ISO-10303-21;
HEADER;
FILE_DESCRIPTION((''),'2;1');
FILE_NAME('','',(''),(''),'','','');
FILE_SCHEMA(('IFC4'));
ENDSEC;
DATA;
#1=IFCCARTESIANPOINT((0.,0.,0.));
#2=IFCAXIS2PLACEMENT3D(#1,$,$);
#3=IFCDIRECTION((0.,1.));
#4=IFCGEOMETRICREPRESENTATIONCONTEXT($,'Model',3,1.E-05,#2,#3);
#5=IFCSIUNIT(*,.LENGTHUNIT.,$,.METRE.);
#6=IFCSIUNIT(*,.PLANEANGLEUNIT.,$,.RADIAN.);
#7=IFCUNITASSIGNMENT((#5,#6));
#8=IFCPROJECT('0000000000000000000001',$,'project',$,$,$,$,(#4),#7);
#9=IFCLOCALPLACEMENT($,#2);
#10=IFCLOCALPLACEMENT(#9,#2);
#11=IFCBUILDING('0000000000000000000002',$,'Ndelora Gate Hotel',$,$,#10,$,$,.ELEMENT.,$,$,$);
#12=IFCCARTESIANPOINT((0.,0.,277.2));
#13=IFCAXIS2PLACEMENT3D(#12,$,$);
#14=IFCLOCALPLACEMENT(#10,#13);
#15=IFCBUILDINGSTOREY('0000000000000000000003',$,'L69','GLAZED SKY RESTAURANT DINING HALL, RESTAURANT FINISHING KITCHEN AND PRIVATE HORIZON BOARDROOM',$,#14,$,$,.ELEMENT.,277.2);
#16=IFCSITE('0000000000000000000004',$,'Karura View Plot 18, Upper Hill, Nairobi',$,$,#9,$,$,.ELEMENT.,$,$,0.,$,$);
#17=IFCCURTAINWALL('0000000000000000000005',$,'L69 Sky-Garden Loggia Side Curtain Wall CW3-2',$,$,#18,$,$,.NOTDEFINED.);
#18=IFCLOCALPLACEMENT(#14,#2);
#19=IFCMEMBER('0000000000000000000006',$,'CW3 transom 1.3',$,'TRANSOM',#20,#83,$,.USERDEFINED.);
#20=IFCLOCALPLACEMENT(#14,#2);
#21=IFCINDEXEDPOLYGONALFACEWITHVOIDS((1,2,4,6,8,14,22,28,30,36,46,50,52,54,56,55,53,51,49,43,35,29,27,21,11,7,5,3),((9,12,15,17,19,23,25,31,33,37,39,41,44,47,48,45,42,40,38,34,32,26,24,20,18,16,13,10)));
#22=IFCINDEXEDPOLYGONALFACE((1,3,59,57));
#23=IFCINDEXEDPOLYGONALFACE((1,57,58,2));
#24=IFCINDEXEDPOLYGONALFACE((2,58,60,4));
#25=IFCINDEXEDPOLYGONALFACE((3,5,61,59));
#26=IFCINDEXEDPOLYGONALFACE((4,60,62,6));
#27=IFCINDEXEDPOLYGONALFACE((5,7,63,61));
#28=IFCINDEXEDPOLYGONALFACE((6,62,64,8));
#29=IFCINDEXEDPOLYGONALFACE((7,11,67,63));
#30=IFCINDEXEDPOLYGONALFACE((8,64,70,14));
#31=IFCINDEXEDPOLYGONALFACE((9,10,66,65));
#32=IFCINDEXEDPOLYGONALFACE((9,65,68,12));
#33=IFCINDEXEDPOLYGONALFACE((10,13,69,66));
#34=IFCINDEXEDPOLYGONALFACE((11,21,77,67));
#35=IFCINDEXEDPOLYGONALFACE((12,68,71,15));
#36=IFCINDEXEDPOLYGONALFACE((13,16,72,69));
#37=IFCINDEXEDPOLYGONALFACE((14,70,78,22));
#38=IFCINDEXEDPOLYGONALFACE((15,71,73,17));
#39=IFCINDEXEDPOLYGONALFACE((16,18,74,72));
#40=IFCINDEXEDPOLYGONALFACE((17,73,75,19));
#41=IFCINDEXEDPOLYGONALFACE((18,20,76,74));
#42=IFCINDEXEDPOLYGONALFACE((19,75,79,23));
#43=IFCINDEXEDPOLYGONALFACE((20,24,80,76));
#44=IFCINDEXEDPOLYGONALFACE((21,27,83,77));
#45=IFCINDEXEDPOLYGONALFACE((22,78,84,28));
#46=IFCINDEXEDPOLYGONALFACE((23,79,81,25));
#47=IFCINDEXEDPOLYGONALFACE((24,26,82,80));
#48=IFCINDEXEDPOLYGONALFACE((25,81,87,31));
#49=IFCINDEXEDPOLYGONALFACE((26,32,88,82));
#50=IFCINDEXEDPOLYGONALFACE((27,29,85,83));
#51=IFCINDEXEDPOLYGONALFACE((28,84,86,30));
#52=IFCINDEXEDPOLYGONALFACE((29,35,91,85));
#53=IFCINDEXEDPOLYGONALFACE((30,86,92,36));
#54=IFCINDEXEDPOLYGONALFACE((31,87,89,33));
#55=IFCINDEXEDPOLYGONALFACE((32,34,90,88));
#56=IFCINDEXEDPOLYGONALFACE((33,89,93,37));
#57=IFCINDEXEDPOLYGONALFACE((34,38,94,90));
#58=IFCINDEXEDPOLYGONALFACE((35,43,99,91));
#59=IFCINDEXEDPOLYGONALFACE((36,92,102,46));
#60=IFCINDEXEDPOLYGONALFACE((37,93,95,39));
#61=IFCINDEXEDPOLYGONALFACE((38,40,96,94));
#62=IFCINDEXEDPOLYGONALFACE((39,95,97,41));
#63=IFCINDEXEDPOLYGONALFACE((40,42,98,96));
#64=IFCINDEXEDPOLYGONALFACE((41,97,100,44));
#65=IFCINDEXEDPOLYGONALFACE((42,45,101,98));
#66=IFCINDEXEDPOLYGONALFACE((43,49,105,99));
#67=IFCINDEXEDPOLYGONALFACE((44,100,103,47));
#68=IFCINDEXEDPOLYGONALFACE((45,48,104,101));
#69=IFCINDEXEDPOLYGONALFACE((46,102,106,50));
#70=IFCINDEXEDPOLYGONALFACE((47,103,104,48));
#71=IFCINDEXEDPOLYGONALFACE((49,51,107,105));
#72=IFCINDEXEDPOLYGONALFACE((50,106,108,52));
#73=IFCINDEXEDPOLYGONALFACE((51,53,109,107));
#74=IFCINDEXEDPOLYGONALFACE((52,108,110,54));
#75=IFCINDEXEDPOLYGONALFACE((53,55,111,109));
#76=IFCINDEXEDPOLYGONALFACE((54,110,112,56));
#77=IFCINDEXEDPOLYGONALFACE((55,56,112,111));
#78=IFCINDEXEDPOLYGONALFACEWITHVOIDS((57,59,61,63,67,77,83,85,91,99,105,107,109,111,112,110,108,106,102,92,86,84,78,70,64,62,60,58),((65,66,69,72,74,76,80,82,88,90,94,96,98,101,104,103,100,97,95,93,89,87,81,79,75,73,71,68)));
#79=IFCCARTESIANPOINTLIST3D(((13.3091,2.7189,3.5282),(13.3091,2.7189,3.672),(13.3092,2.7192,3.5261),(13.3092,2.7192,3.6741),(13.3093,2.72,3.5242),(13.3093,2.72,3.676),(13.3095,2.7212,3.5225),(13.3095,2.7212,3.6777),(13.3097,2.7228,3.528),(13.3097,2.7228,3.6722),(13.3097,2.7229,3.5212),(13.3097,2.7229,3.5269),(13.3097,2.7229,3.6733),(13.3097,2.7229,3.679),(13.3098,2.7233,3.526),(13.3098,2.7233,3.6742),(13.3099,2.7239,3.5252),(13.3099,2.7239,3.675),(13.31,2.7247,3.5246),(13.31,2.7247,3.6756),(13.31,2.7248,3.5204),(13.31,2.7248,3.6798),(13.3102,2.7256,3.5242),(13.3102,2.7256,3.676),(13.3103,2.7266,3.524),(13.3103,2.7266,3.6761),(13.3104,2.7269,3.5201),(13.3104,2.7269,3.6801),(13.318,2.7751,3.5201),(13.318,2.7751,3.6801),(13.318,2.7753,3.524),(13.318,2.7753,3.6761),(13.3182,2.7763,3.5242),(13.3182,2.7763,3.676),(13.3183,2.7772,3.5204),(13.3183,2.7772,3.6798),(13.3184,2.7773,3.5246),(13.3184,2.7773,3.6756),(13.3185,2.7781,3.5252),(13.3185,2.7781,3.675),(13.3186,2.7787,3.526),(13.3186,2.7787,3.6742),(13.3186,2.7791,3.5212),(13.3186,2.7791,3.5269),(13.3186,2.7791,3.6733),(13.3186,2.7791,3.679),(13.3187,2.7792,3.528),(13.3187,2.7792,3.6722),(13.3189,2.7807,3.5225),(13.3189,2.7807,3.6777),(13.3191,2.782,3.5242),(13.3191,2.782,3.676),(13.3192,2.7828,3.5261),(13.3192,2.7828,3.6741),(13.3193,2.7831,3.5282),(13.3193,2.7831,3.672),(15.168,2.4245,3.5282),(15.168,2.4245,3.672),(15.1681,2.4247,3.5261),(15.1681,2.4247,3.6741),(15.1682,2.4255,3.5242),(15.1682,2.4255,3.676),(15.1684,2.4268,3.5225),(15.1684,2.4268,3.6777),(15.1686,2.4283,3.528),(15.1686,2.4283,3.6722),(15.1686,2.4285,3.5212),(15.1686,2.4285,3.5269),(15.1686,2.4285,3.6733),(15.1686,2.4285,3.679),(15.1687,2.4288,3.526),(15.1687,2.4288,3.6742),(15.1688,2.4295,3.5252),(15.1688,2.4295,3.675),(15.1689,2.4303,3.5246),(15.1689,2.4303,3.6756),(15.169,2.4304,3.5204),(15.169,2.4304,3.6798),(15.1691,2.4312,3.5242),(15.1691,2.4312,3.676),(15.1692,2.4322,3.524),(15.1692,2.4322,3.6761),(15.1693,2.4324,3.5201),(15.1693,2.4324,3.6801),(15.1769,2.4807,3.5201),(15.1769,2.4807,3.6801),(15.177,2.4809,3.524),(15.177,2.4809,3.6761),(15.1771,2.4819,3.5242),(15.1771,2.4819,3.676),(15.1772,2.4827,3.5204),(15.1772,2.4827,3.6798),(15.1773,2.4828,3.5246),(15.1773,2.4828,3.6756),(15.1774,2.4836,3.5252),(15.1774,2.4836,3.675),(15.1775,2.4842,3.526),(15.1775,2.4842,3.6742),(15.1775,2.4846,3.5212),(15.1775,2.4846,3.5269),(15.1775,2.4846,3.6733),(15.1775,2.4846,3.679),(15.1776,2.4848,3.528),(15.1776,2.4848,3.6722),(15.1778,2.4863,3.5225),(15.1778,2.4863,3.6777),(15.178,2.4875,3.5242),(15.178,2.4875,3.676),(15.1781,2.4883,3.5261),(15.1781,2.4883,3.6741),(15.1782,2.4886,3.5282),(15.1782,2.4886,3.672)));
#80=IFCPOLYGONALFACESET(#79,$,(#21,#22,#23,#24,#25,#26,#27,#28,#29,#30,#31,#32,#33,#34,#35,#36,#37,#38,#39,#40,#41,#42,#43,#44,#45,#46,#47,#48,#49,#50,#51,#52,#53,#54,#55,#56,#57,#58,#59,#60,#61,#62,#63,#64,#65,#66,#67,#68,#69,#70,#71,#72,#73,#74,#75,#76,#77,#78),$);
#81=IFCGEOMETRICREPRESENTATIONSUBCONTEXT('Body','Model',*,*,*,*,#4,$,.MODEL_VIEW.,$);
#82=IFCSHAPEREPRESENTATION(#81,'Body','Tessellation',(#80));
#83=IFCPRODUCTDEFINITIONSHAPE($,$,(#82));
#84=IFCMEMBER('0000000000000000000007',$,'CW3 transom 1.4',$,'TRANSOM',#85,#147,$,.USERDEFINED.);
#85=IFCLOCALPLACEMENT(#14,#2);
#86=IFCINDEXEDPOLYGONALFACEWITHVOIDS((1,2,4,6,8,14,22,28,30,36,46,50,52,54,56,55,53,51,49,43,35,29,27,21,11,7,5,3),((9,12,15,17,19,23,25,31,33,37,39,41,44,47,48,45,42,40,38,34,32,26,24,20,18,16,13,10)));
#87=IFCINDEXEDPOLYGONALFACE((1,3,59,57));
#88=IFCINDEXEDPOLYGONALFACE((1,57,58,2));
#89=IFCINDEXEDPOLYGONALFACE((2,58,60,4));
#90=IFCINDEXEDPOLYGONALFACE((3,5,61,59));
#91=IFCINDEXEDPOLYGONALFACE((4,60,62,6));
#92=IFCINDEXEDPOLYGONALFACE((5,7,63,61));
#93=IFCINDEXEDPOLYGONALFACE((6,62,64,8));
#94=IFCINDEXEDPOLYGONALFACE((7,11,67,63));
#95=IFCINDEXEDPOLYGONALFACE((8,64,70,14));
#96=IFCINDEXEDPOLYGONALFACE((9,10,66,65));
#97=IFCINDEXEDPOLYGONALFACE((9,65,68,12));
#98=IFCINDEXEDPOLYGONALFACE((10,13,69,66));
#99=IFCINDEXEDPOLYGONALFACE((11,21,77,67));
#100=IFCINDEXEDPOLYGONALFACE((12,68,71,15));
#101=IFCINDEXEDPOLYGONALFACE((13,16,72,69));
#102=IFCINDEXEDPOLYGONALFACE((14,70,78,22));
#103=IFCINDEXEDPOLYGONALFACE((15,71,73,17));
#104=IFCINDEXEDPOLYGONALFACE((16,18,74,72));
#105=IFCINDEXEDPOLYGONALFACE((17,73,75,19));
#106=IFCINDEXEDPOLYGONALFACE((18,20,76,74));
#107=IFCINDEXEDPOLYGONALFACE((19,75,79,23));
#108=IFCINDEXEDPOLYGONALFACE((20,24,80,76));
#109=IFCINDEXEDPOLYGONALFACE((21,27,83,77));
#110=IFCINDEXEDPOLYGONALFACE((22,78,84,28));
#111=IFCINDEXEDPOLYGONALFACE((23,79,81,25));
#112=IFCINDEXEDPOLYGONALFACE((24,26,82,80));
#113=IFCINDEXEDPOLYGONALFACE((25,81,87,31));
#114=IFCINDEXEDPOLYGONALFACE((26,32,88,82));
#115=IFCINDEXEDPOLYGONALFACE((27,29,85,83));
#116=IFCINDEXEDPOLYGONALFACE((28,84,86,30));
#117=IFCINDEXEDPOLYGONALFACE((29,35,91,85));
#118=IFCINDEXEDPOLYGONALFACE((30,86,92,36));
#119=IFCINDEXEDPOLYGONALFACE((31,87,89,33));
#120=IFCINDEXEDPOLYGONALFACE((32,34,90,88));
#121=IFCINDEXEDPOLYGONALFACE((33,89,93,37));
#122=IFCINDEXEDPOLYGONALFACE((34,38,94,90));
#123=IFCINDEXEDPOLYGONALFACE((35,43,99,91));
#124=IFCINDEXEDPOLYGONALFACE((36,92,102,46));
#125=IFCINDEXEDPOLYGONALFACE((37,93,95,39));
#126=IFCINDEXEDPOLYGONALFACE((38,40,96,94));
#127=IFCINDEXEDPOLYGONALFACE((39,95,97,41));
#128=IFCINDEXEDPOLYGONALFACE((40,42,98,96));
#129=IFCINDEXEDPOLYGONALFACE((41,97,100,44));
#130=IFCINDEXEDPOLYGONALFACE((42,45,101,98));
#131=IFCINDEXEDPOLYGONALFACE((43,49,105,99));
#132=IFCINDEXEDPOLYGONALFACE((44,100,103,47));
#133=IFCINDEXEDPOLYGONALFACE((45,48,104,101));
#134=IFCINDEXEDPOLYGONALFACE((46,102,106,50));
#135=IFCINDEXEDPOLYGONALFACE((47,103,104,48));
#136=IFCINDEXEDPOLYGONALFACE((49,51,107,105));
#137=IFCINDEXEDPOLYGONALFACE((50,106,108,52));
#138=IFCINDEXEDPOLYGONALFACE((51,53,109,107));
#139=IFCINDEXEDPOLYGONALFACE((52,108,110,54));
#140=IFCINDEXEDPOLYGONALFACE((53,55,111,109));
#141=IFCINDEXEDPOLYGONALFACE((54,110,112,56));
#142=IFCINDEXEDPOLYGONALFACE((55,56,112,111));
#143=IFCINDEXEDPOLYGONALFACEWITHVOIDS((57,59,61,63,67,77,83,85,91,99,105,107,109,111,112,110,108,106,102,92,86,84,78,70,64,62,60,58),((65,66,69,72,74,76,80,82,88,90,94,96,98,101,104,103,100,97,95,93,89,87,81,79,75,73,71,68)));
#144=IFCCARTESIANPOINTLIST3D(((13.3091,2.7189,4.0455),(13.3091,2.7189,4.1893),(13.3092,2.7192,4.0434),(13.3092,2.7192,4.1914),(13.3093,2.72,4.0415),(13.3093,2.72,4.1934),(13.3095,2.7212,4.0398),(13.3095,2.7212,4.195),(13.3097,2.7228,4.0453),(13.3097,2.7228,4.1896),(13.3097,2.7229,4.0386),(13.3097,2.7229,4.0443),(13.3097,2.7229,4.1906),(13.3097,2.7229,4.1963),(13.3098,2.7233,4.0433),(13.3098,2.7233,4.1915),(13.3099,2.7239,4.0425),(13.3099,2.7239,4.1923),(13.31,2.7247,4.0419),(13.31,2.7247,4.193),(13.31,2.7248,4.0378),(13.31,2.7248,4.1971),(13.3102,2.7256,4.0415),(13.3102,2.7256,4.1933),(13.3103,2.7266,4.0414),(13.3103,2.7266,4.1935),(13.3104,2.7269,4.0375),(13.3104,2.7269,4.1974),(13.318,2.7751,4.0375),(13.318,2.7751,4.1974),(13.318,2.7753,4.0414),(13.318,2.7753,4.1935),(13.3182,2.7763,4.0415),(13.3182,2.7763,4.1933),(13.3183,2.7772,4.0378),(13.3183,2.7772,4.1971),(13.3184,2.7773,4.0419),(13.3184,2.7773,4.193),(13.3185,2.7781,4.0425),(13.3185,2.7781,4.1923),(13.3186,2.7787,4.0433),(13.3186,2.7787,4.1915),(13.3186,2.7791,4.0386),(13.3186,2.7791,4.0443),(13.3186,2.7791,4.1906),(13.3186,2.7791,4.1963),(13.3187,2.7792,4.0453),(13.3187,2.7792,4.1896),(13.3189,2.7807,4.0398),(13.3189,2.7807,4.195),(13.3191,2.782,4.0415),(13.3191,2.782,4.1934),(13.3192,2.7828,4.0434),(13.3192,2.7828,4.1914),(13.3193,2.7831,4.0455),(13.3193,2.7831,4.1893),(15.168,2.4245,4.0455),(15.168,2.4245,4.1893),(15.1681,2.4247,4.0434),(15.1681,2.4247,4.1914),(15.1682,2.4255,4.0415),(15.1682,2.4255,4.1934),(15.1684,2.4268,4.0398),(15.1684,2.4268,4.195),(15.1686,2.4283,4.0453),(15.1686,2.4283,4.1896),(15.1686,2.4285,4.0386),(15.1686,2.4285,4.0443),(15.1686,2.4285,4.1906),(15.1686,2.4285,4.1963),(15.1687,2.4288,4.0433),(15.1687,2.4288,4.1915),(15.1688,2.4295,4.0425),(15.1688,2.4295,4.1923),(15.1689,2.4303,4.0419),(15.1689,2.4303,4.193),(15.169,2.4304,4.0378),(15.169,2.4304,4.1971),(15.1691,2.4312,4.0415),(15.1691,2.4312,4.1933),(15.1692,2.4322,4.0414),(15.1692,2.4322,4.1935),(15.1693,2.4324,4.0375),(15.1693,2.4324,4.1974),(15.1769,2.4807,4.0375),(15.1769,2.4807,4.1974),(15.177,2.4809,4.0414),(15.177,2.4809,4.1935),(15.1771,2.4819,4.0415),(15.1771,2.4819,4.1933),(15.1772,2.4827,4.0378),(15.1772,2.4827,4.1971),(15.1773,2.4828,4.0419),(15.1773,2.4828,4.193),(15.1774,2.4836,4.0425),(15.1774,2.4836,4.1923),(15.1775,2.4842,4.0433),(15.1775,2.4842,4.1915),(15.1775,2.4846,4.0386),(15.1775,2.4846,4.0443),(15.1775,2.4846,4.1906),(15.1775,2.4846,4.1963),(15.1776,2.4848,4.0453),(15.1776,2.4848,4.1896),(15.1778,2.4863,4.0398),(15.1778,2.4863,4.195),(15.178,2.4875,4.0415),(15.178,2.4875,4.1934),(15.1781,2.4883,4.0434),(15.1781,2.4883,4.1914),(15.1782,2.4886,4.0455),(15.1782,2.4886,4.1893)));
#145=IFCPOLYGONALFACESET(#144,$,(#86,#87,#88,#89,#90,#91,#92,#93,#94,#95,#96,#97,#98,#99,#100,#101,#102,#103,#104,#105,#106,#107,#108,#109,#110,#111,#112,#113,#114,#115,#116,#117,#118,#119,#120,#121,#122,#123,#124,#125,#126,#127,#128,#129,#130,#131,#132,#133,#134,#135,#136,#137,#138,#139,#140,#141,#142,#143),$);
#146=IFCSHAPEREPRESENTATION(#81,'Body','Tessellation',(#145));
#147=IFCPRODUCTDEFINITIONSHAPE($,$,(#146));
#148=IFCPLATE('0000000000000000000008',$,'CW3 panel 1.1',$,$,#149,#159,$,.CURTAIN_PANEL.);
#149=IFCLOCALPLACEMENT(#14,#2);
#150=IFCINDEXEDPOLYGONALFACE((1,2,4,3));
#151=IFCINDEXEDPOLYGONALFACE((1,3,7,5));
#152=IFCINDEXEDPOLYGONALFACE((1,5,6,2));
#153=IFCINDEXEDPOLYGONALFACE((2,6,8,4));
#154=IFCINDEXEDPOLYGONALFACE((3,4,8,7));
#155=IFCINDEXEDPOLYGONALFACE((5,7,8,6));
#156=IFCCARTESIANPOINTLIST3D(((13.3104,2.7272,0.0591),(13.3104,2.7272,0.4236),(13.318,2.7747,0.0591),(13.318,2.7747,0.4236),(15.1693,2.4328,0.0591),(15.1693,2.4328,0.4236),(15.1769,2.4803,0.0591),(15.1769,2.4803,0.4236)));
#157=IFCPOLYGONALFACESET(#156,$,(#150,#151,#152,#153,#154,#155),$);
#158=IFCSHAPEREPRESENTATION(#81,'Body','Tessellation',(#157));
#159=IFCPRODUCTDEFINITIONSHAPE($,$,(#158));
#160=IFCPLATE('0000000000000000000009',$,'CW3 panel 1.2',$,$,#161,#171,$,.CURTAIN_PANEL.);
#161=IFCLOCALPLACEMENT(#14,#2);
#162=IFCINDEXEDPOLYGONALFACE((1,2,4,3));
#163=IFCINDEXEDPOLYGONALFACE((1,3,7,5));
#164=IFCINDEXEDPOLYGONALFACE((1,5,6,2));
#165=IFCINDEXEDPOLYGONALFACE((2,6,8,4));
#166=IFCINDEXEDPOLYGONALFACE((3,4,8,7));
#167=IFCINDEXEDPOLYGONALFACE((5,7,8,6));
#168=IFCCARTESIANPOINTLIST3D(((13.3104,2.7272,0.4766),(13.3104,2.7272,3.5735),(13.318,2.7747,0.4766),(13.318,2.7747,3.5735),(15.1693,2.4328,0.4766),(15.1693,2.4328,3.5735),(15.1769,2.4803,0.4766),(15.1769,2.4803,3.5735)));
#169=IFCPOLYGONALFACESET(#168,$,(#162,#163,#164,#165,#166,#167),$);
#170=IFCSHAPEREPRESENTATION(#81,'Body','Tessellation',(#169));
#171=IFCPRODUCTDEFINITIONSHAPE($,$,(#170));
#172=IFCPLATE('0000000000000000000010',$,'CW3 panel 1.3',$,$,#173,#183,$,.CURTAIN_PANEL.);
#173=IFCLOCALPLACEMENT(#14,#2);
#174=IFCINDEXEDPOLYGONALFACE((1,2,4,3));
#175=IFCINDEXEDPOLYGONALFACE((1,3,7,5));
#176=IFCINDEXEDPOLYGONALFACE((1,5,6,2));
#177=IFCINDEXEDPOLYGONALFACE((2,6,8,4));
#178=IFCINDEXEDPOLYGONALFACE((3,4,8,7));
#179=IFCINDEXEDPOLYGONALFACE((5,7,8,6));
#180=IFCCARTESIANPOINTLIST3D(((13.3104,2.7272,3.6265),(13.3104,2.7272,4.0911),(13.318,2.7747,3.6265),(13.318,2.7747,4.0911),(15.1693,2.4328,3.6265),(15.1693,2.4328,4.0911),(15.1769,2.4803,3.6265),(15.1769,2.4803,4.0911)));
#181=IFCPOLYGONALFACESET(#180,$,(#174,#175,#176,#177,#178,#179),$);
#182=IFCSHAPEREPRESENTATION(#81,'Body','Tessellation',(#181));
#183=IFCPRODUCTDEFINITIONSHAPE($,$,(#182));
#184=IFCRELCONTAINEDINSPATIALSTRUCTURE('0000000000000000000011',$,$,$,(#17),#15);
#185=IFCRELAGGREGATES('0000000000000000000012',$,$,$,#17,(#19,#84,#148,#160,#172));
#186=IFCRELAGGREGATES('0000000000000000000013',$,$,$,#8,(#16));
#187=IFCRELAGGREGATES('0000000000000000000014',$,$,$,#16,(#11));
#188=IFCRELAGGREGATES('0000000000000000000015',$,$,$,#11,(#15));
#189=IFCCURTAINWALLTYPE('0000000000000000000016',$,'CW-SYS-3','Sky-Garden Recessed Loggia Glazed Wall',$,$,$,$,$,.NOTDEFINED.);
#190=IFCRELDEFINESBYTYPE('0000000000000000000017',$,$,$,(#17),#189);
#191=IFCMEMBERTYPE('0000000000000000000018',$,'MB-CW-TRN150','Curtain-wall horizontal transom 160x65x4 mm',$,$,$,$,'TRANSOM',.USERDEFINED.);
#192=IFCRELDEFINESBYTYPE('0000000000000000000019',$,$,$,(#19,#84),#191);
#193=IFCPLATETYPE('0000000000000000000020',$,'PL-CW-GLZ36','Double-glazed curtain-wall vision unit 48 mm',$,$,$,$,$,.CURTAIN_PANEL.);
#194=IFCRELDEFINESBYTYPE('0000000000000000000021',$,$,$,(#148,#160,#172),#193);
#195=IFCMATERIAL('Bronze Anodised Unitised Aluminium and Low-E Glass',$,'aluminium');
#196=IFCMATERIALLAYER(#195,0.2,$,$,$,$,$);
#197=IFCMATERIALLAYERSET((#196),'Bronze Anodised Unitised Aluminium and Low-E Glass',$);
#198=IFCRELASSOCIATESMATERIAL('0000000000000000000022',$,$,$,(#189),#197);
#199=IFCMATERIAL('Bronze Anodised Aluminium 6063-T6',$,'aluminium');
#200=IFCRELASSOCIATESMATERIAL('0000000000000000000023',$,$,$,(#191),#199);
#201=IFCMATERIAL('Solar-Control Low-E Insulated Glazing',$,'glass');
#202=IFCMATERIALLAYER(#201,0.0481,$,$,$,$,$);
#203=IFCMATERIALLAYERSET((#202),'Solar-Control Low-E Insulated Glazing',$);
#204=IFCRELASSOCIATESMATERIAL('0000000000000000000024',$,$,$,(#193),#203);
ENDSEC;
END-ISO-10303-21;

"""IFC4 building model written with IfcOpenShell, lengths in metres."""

from ifc_helpers import new_model, si_unit, direction, frame, origin, origin_2d, place, context, subcontext, project, spatial, rectangle, hollow_rectangle, extrude, material, layer, layer_set, material_profile, profile_set, type_object, element, aggregate, save


model = new_model("IFC4")

# Units and contexts
model_context = context("Model", 3, precision=1e-05, world=origin(), true_north=direction((0.0, 1.0)))
body_context = subcontext(model_context, "Body", "Model", "MODEL_VIEW")
ifc_project = project(units=[si_unit("LENGTHUNIT", "METRE"), si_unit("PLANEANGLEUNIT", "RADIAN")], contexts=[model_context])

# Site, building, storey
site_placement = place(None, origin())
site = spatial("IfcSite", under=ifc_project, at=site_placement, Name="Karura View Plot 18, Upper Hill, Nairobi", CompositionType="ELEMENT", RefElevation=0.0)
building_placement = place(site_placement, origin())
building = spatial("IfcBuilding", under=site, at=building_placement, Name="Ndelora Gate Hotel", CompositionType="ELEMENT")
storey_placement = place(building_placement, frame((0.0, 0.0, 277.2)))
storey = spatial("IfcBuildingStorey", under=building, at=storey_placement, Name="L69", Description="GLAZED SKY RESTAURANT DINING HALL, RESTAURANT FINISHING KITCHEN AND PRIVATE HORIZON BOARDROOM", CompositionType="ELEMENT", Elevation=277.2)

# Curtain wall, members, plates
ifc_material_1 = material(Name="Bronze Anodised Unitised Aluminium and Low-E Glass", Category="aluminium")
ifc_layer_1 = layer(ifc_material_1, 0.2)
ifc_layer_set_1 = layer_set([ifc_layer_1], Name="Bronze Anodised Unitised Aluminium and Low-E Glass")
curtain_wall_type = type_object("IfcCurtainWallType", Name="CW-SYS-3", Description="Sky-Garden Recessed Loggia Glazed Wall", PredefinedType="NOTDEFINED", material=ifc_layer_set_1)
curtain_wall_placement = place(storey_placement, origin())
curtain_wall = element("IfcCurtainWall", 1, at=curtain_wall_placement, inside=storey, type_object=curtain_wall_type, Name="L69 Sky-Garden Loggia Side Curtain Wall CW3-2", PredefinedType="NOTDEFINED")
ifc_material_2 = material(Name="Bronze Anodised Aluminium 6063-T6", Category="aluminium")
ifc_material_profile_1 = material_profile(ifc_material_2, hollow_rectangle(XDim=0.0649, YDim=0.1599, WallThickness=0.0039, InnerFilletRadius=0.0039, OuterFilletRadius=0.0081, at=origin_2d()), Name="ALU 160x65x4")
ifc_profile_set_1 = profile_set([ifc_material_profile_1], Name="Bronze Anodised Aluminium 6063-T6")
member_type_1 = type_object("IfcMemberType", Name="MB-CW-TRN150", Description="Curtain-wall horizontal transom 160x65x4 mm", ElementType="TRANSOM", PredefinedType="USERDEFINED", material=ifc_profile_set_1)
member_1_placement = place(storey_placement, frame((15.1731, 2.4565, 3.6001), z_axis=(-0.987687, 0.156442, 0.0), x_axis=(-0.156442, -0.987687, 0.0)))
member_1 = element("IfcMember", 2, at=member_1_placement, type_object=member_type_1, Name="CW3 transom 1.3", ObjectType="TRANSOM", PredefinedType="USERDEFINED", context=body_context, shape_type="SweptSolid", body=[
    extrude(hollow_rectangle(XDim=0.0649, YDim=0.1599, WallThickness=0.0039, InnerFilletRadius=0.0039, OuterFilletRadius=0.0081, at=origin_2d()), origin(), (0.0, 0.0, 1.0), 1.8821),
])
member_2_placement = place(storey_placement, frame((15.1731, 2.4565, 4.1174), z_axis=(-0.987687, 0.156442, 0.0), x_axis=(-0.156442, -0.987687, 0.0)))
member_2 = element("IfcMember", 3, at=member_2_placement, type_object=member_type_1, Name="CW3 transom 1.4", ObjectType="TRANSOM", PredefinedType="USERDEFINED", context=body_context, shape_type="SweptSolid", body=[
    extrude(hollow_rectangle(XDim=0.0649, YDim=0.1599, WallThickness=0.0039, InnerFilletRadius=0.0039, OuterFilletRadius=0.0081, at=origin_2d()), origin(), (0.0, 0.0, 1.0), 1.8821),
])
ifc_material_3 = material(Name="Solar-Control Low-E Insulated Glazing", Category="glass")
ifc_layer_2 = layer(ifc_material_3, 0.0481)
ifc_layer_set_2 = layer_set([ifc_layer_2], Name="Solar-Control Low-E Insulated Glazing")
plate_type = type_object("IfcPlateType", Name="PL-CW-GLZ36", Description="Double-glazed curtain-wall vision unit 48 mm", PredefinedType="CURTAIN_PANEL", material=ifc_layer_set_2)
plate_1_placement = place(storey_placement, frame((14.2437, 2.6038, 0.0591), z_axis=(0.0, 0.0, 1.0), x_axis=(-0.987686, 0.156448, 0.0)))
plate_1 = element("IfcPlate", 4, at=plate_1_placement, type_object=plate_type, Name="CW3 panel 1.1", PredefinedType="CURTAIN_PANEL", context=body_context, shape_type="SweptSolid", body=[
    extrude(rectangle(XDim=1.8821, YDim=0.0481, at=origin_2d()), origin(), (0.0, 0.0, 1.0), 0.3645),
])
plate_2_placement = place(storey_placement, frame((14.2437, 2.6038, 0.4766), z_axis=(0.0, 0.0, 1.0), x_axis=(-0.987686, 0.156448, 0.0)))
plate_2 = element("IfcPlate", 5, at=plate_2_placement, type_object=plate_type, Name="CW3 panel 1.2", PredefinedType="CURTAIN_PANEL", context=body_context, shape_type="SweptSolid", body=[
    extrude(rectangle(XDim=1.8821, YDim=0.0481, at=origin_2d()), origin(), (0.0, 0.0, 1.0), 3.0969),
])
plate_3_placement = place(storey_placement, frame((14.2437, 2.6038, 3.6265), z_axis=(0.0, 0.0, 1.0), x_axis=(-0.987686, 0.156448, 0.0)))
plate_3 = element("IfcPlate", 6, at=plate_3_placement, type_object=plate_type, Name="CW3 panel 1.3", PredefinedType="CURTAIN_PANEL", context=body_context, shape_type="SweptSolid", body=[
    extrude(rectangle(XDim=1.8821, YDim=0.0481, at=origin_2d()), origin(), (0.0, 0.0, 1.0), 0.4646),
])
aggregate(curtain_wall, [member_1, member_2, plate_1, plate_2, plate_3])

save(model, "model.ifc")
